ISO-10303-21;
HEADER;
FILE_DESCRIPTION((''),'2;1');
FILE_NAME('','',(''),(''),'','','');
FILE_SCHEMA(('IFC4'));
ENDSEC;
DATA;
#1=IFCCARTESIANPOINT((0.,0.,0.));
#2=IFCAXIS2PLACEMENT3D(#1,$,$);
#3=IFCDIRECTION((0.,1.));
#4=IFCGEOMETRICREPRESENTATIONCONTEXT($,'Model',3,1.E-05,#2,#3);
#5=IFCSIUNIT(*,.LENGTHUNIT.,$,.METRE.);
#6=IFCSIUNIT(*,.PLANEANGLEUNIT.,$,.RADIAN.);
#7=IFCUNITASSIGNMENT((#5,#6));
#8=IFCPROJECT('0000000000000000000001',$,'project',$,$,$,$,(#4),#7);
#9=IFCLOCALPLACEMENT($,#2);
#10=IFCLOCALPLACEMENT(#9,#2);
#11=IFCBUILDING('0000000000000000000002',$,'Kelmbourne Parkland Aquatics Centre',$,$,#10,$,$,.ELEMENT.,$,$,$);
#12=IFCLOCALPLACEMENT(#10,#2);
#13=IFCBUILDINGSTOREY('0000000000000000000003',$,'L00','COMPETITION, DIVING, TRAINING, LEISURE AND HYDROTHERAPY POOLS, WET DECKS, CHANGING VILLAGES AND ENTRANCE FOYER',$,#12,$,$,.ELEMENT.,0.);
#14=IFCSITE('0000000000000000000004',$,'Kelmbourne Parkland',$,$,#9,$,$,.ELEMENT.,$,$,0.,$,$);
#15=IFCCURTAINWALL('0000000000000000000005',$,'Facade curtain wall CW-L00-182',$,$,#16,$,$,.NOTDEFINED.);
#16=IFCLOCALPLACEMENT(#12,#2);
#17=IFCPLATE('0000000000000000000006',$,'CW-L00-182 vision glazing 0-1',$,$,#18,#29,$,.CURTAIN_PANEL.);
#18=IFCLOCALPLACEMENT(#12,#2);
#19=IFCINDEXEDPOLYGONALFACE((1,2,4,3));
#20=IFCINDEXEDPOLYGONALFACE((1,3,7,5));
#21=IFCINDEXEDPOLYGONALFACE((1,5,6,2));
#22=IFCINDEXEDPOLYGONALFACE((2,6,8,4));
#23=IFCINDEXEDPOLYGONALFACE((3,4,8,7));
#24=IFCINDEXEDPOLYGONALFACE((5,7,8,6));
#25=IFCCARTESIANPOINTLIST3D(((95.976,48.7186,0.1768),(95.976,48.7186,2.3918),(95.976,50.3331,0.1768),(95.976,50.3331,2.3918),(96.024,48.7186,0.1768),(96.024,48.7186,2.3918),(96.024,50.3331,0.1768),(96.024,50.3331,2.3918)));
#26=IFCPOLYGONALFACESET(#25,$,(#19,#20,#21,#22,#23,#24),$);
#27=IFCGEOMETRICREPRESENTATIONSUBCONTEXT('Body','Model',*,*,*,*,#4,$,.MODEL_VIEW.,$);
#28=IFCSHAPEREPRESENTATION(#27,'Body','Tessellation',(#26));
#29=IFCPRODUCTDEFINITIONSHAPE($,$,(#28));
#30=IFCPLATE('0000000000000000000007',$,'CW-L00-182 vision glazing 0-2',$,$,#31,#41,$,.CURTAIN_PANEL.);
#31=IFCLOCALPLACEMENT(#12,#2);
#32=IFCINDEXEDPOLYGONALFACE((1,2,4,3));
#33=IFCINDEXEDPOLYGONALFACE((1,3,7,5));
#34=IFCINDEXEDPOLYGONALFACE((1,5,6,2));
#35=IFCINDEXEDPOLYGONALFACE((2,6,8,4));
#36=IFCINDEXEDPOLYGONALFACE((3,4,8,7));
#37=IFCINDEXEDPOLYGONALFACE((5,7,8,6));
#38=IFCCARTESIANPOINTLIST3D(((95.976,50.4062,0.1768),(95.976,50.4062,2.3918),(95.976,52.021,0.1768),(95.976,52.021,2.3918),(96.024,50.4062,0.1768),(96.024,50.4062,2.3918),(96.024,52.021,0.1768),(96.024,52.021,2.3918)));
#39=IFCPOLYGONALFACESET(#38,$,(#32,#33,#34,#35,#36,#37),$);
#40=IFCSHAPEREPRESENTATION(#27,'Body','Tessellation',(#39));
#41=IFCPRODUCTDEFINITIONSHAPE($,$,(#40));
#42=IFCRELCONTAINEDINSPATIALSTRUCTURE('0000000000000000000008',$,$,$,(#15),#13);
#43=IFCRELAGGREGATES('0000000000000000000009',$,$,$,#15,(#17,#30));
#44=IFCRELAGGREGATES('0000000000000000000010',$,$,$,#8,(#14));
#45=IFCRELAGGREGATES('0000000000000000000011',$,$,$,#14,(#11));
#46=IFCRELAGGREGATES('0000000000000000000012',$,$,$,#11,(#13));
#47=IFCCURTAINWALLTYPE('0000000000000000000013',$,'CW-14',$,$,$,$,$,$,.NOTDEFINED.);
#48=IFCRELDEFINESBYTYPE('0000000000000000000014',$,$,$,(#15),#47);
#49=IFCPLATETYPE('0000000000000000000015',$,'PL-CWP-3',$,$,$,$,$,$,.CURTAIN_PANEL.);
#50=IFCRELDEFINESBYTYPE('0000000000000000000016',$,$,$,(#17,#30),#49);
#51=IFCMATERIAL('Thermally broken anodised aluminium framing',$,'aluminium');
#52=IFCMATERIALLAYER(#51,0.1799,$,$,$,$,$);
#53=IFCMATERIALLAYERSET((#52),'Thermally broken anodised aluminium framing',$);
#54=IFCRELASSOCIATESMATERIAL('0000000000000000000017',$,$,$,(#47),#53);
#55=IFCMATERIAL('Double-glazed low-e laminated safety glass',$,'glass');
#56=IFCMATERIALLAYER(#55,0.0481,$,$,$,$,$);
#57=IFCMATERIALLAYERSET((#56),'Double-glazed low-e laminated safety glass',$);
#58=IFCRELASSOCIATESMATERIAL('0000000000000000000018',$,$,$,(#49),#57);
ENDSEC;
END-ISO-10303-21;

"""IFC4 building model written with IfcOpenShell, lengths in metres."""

from ifc_helpers import new_model, si_unit, direction, frame, origin, origin_2d, place, context, subcontext, project, spatial, rectangle, extrude, material, layer, layer_set, type_object, element, aggregate, save


model = new_model("IFC4")

# Units and contexts
model_context = context("Model", 3, precision=1e-05, world=origin(), true_north=direction((0.0, 1.0)))
body_context = subcontext(model_context, "Body", "Model", "MODEL_VIEW")
ifc_project = project(units=[si_unit("LENGTHUNIT", "METRE"), si_unit("PLANEANGLEUNIT", "RADIAN")], contexts=[model_context])

# Site, building, storey
site_placement = place(None, origin())
site = spatial("IfcSite", under=ifc_project, at=site_placement, Name="Kelmbourne Parkland", CompositionType="ELEMENT", RefElevation=0.0)
building_placement = place(site_placement, origin())
building = spatial("IfcBuilding", under=site, at=building_placement, Name="Kelmbourne Parkland Aquatics Centre", CompositionType="ELEMENT")
storey_placement = place(building_placement, origin())
storey = spatial("IfcBuildingStorey", under=building, at=storey_placement, Name="L00", Description="COMPETITION, DIVING, TRAINING, LEISURE AND HYDROTHERAPY POOLS, WET DECKS, CHANGING VILLAGES AND ENTRANCE FOYER", CompositionType="ELEMENT", Elevation=0.0)

# Curtain wall
ifc_material_1 = material(Name="Thermally broken anodised aluminium framing", Category="aluminium")
ifc_layer_1 = layer(ifc_material_1, 0.1799)
ifc_layer_set_1 = layer_set([ifc_layer_1], Name="Thermally broken anodised aluminium framing")
curtain_wall_type_1 = type_object("IfcCurtainWallType", Name="CW-14", PredefinedType="NOTDEFINED", material=ifc_layer_set_1)
curtain_wall_1_placement = place(storey_placement, origin())
curtain_wall_1 = element("IfcCurtainWall", 1, at=curtain_wall_1_placement, inside=storey, type_object=curtain_wall_type_1, Name="Facade curtain wall CW-L00-182", PredefinedType="NOTDEFINED")

# Plates
ifc_material_2 = material(Name="Double-glazed low-e laminated safety glass", Category="glass")
ifc_layer_2 = layer(ifc_material_2, 0.0481)
ifc_layer_set_2 = layer_set([ifc_layer_2], Name="Double-glazed low-e laminated safety glass")
plate_type_1 = type_object("IfcPlateType", Name="PL-CWP-3", PredefinedType="CURTAIN_PANEL", material=ifc_layer_set_2)
plate_1_placement = place(storey_placement, frame((96.0, 49.5259, 0.1768), z_axis=(0.0, 0.0, 1.0), x_axis=(0.0, 1.0, 0.0)))
plate_1 = element("IfcPlate", 2, at=plate_1_placement, type_object=plate_type_1, Name="CW-L00-182 vision glazing 0-1", PredefinedType="CURTAIN_PANEL", context=body_context, shape_type="SweptSolid", body=[
    extrude(rectangle(XDim=1.6145, YDim=0.0481, at=origin_2d()), origin(), (0.0, 0.0, 1.0), 2.2151),
])
plate_2_placement = place(storey_placement, frame((96.0, 51.2136, 0.1768), z_axis=(0.0, 0.0, 1.0), x_axis=(0.0, 1.0, 0.0)))
plate_2 = element("IfcPlate", 3, at=plate_2_placement, type_object=plate_type_1, Name="CW-L00-182 vision glazing 0-2", PredefinedType="CURTAIN_PANEL", context=body_context, shape_type="SweptSolid", body=[
    extrude(rectangle(XDim=1.6147, YDim=0.0481, at=origin_2d()), origin(), (0.0, 0.0, 1.0), 2.2151),
])
aggregate(curtain_wall_1, [plate_1, plate_2])

save(model, "model.ifc")
